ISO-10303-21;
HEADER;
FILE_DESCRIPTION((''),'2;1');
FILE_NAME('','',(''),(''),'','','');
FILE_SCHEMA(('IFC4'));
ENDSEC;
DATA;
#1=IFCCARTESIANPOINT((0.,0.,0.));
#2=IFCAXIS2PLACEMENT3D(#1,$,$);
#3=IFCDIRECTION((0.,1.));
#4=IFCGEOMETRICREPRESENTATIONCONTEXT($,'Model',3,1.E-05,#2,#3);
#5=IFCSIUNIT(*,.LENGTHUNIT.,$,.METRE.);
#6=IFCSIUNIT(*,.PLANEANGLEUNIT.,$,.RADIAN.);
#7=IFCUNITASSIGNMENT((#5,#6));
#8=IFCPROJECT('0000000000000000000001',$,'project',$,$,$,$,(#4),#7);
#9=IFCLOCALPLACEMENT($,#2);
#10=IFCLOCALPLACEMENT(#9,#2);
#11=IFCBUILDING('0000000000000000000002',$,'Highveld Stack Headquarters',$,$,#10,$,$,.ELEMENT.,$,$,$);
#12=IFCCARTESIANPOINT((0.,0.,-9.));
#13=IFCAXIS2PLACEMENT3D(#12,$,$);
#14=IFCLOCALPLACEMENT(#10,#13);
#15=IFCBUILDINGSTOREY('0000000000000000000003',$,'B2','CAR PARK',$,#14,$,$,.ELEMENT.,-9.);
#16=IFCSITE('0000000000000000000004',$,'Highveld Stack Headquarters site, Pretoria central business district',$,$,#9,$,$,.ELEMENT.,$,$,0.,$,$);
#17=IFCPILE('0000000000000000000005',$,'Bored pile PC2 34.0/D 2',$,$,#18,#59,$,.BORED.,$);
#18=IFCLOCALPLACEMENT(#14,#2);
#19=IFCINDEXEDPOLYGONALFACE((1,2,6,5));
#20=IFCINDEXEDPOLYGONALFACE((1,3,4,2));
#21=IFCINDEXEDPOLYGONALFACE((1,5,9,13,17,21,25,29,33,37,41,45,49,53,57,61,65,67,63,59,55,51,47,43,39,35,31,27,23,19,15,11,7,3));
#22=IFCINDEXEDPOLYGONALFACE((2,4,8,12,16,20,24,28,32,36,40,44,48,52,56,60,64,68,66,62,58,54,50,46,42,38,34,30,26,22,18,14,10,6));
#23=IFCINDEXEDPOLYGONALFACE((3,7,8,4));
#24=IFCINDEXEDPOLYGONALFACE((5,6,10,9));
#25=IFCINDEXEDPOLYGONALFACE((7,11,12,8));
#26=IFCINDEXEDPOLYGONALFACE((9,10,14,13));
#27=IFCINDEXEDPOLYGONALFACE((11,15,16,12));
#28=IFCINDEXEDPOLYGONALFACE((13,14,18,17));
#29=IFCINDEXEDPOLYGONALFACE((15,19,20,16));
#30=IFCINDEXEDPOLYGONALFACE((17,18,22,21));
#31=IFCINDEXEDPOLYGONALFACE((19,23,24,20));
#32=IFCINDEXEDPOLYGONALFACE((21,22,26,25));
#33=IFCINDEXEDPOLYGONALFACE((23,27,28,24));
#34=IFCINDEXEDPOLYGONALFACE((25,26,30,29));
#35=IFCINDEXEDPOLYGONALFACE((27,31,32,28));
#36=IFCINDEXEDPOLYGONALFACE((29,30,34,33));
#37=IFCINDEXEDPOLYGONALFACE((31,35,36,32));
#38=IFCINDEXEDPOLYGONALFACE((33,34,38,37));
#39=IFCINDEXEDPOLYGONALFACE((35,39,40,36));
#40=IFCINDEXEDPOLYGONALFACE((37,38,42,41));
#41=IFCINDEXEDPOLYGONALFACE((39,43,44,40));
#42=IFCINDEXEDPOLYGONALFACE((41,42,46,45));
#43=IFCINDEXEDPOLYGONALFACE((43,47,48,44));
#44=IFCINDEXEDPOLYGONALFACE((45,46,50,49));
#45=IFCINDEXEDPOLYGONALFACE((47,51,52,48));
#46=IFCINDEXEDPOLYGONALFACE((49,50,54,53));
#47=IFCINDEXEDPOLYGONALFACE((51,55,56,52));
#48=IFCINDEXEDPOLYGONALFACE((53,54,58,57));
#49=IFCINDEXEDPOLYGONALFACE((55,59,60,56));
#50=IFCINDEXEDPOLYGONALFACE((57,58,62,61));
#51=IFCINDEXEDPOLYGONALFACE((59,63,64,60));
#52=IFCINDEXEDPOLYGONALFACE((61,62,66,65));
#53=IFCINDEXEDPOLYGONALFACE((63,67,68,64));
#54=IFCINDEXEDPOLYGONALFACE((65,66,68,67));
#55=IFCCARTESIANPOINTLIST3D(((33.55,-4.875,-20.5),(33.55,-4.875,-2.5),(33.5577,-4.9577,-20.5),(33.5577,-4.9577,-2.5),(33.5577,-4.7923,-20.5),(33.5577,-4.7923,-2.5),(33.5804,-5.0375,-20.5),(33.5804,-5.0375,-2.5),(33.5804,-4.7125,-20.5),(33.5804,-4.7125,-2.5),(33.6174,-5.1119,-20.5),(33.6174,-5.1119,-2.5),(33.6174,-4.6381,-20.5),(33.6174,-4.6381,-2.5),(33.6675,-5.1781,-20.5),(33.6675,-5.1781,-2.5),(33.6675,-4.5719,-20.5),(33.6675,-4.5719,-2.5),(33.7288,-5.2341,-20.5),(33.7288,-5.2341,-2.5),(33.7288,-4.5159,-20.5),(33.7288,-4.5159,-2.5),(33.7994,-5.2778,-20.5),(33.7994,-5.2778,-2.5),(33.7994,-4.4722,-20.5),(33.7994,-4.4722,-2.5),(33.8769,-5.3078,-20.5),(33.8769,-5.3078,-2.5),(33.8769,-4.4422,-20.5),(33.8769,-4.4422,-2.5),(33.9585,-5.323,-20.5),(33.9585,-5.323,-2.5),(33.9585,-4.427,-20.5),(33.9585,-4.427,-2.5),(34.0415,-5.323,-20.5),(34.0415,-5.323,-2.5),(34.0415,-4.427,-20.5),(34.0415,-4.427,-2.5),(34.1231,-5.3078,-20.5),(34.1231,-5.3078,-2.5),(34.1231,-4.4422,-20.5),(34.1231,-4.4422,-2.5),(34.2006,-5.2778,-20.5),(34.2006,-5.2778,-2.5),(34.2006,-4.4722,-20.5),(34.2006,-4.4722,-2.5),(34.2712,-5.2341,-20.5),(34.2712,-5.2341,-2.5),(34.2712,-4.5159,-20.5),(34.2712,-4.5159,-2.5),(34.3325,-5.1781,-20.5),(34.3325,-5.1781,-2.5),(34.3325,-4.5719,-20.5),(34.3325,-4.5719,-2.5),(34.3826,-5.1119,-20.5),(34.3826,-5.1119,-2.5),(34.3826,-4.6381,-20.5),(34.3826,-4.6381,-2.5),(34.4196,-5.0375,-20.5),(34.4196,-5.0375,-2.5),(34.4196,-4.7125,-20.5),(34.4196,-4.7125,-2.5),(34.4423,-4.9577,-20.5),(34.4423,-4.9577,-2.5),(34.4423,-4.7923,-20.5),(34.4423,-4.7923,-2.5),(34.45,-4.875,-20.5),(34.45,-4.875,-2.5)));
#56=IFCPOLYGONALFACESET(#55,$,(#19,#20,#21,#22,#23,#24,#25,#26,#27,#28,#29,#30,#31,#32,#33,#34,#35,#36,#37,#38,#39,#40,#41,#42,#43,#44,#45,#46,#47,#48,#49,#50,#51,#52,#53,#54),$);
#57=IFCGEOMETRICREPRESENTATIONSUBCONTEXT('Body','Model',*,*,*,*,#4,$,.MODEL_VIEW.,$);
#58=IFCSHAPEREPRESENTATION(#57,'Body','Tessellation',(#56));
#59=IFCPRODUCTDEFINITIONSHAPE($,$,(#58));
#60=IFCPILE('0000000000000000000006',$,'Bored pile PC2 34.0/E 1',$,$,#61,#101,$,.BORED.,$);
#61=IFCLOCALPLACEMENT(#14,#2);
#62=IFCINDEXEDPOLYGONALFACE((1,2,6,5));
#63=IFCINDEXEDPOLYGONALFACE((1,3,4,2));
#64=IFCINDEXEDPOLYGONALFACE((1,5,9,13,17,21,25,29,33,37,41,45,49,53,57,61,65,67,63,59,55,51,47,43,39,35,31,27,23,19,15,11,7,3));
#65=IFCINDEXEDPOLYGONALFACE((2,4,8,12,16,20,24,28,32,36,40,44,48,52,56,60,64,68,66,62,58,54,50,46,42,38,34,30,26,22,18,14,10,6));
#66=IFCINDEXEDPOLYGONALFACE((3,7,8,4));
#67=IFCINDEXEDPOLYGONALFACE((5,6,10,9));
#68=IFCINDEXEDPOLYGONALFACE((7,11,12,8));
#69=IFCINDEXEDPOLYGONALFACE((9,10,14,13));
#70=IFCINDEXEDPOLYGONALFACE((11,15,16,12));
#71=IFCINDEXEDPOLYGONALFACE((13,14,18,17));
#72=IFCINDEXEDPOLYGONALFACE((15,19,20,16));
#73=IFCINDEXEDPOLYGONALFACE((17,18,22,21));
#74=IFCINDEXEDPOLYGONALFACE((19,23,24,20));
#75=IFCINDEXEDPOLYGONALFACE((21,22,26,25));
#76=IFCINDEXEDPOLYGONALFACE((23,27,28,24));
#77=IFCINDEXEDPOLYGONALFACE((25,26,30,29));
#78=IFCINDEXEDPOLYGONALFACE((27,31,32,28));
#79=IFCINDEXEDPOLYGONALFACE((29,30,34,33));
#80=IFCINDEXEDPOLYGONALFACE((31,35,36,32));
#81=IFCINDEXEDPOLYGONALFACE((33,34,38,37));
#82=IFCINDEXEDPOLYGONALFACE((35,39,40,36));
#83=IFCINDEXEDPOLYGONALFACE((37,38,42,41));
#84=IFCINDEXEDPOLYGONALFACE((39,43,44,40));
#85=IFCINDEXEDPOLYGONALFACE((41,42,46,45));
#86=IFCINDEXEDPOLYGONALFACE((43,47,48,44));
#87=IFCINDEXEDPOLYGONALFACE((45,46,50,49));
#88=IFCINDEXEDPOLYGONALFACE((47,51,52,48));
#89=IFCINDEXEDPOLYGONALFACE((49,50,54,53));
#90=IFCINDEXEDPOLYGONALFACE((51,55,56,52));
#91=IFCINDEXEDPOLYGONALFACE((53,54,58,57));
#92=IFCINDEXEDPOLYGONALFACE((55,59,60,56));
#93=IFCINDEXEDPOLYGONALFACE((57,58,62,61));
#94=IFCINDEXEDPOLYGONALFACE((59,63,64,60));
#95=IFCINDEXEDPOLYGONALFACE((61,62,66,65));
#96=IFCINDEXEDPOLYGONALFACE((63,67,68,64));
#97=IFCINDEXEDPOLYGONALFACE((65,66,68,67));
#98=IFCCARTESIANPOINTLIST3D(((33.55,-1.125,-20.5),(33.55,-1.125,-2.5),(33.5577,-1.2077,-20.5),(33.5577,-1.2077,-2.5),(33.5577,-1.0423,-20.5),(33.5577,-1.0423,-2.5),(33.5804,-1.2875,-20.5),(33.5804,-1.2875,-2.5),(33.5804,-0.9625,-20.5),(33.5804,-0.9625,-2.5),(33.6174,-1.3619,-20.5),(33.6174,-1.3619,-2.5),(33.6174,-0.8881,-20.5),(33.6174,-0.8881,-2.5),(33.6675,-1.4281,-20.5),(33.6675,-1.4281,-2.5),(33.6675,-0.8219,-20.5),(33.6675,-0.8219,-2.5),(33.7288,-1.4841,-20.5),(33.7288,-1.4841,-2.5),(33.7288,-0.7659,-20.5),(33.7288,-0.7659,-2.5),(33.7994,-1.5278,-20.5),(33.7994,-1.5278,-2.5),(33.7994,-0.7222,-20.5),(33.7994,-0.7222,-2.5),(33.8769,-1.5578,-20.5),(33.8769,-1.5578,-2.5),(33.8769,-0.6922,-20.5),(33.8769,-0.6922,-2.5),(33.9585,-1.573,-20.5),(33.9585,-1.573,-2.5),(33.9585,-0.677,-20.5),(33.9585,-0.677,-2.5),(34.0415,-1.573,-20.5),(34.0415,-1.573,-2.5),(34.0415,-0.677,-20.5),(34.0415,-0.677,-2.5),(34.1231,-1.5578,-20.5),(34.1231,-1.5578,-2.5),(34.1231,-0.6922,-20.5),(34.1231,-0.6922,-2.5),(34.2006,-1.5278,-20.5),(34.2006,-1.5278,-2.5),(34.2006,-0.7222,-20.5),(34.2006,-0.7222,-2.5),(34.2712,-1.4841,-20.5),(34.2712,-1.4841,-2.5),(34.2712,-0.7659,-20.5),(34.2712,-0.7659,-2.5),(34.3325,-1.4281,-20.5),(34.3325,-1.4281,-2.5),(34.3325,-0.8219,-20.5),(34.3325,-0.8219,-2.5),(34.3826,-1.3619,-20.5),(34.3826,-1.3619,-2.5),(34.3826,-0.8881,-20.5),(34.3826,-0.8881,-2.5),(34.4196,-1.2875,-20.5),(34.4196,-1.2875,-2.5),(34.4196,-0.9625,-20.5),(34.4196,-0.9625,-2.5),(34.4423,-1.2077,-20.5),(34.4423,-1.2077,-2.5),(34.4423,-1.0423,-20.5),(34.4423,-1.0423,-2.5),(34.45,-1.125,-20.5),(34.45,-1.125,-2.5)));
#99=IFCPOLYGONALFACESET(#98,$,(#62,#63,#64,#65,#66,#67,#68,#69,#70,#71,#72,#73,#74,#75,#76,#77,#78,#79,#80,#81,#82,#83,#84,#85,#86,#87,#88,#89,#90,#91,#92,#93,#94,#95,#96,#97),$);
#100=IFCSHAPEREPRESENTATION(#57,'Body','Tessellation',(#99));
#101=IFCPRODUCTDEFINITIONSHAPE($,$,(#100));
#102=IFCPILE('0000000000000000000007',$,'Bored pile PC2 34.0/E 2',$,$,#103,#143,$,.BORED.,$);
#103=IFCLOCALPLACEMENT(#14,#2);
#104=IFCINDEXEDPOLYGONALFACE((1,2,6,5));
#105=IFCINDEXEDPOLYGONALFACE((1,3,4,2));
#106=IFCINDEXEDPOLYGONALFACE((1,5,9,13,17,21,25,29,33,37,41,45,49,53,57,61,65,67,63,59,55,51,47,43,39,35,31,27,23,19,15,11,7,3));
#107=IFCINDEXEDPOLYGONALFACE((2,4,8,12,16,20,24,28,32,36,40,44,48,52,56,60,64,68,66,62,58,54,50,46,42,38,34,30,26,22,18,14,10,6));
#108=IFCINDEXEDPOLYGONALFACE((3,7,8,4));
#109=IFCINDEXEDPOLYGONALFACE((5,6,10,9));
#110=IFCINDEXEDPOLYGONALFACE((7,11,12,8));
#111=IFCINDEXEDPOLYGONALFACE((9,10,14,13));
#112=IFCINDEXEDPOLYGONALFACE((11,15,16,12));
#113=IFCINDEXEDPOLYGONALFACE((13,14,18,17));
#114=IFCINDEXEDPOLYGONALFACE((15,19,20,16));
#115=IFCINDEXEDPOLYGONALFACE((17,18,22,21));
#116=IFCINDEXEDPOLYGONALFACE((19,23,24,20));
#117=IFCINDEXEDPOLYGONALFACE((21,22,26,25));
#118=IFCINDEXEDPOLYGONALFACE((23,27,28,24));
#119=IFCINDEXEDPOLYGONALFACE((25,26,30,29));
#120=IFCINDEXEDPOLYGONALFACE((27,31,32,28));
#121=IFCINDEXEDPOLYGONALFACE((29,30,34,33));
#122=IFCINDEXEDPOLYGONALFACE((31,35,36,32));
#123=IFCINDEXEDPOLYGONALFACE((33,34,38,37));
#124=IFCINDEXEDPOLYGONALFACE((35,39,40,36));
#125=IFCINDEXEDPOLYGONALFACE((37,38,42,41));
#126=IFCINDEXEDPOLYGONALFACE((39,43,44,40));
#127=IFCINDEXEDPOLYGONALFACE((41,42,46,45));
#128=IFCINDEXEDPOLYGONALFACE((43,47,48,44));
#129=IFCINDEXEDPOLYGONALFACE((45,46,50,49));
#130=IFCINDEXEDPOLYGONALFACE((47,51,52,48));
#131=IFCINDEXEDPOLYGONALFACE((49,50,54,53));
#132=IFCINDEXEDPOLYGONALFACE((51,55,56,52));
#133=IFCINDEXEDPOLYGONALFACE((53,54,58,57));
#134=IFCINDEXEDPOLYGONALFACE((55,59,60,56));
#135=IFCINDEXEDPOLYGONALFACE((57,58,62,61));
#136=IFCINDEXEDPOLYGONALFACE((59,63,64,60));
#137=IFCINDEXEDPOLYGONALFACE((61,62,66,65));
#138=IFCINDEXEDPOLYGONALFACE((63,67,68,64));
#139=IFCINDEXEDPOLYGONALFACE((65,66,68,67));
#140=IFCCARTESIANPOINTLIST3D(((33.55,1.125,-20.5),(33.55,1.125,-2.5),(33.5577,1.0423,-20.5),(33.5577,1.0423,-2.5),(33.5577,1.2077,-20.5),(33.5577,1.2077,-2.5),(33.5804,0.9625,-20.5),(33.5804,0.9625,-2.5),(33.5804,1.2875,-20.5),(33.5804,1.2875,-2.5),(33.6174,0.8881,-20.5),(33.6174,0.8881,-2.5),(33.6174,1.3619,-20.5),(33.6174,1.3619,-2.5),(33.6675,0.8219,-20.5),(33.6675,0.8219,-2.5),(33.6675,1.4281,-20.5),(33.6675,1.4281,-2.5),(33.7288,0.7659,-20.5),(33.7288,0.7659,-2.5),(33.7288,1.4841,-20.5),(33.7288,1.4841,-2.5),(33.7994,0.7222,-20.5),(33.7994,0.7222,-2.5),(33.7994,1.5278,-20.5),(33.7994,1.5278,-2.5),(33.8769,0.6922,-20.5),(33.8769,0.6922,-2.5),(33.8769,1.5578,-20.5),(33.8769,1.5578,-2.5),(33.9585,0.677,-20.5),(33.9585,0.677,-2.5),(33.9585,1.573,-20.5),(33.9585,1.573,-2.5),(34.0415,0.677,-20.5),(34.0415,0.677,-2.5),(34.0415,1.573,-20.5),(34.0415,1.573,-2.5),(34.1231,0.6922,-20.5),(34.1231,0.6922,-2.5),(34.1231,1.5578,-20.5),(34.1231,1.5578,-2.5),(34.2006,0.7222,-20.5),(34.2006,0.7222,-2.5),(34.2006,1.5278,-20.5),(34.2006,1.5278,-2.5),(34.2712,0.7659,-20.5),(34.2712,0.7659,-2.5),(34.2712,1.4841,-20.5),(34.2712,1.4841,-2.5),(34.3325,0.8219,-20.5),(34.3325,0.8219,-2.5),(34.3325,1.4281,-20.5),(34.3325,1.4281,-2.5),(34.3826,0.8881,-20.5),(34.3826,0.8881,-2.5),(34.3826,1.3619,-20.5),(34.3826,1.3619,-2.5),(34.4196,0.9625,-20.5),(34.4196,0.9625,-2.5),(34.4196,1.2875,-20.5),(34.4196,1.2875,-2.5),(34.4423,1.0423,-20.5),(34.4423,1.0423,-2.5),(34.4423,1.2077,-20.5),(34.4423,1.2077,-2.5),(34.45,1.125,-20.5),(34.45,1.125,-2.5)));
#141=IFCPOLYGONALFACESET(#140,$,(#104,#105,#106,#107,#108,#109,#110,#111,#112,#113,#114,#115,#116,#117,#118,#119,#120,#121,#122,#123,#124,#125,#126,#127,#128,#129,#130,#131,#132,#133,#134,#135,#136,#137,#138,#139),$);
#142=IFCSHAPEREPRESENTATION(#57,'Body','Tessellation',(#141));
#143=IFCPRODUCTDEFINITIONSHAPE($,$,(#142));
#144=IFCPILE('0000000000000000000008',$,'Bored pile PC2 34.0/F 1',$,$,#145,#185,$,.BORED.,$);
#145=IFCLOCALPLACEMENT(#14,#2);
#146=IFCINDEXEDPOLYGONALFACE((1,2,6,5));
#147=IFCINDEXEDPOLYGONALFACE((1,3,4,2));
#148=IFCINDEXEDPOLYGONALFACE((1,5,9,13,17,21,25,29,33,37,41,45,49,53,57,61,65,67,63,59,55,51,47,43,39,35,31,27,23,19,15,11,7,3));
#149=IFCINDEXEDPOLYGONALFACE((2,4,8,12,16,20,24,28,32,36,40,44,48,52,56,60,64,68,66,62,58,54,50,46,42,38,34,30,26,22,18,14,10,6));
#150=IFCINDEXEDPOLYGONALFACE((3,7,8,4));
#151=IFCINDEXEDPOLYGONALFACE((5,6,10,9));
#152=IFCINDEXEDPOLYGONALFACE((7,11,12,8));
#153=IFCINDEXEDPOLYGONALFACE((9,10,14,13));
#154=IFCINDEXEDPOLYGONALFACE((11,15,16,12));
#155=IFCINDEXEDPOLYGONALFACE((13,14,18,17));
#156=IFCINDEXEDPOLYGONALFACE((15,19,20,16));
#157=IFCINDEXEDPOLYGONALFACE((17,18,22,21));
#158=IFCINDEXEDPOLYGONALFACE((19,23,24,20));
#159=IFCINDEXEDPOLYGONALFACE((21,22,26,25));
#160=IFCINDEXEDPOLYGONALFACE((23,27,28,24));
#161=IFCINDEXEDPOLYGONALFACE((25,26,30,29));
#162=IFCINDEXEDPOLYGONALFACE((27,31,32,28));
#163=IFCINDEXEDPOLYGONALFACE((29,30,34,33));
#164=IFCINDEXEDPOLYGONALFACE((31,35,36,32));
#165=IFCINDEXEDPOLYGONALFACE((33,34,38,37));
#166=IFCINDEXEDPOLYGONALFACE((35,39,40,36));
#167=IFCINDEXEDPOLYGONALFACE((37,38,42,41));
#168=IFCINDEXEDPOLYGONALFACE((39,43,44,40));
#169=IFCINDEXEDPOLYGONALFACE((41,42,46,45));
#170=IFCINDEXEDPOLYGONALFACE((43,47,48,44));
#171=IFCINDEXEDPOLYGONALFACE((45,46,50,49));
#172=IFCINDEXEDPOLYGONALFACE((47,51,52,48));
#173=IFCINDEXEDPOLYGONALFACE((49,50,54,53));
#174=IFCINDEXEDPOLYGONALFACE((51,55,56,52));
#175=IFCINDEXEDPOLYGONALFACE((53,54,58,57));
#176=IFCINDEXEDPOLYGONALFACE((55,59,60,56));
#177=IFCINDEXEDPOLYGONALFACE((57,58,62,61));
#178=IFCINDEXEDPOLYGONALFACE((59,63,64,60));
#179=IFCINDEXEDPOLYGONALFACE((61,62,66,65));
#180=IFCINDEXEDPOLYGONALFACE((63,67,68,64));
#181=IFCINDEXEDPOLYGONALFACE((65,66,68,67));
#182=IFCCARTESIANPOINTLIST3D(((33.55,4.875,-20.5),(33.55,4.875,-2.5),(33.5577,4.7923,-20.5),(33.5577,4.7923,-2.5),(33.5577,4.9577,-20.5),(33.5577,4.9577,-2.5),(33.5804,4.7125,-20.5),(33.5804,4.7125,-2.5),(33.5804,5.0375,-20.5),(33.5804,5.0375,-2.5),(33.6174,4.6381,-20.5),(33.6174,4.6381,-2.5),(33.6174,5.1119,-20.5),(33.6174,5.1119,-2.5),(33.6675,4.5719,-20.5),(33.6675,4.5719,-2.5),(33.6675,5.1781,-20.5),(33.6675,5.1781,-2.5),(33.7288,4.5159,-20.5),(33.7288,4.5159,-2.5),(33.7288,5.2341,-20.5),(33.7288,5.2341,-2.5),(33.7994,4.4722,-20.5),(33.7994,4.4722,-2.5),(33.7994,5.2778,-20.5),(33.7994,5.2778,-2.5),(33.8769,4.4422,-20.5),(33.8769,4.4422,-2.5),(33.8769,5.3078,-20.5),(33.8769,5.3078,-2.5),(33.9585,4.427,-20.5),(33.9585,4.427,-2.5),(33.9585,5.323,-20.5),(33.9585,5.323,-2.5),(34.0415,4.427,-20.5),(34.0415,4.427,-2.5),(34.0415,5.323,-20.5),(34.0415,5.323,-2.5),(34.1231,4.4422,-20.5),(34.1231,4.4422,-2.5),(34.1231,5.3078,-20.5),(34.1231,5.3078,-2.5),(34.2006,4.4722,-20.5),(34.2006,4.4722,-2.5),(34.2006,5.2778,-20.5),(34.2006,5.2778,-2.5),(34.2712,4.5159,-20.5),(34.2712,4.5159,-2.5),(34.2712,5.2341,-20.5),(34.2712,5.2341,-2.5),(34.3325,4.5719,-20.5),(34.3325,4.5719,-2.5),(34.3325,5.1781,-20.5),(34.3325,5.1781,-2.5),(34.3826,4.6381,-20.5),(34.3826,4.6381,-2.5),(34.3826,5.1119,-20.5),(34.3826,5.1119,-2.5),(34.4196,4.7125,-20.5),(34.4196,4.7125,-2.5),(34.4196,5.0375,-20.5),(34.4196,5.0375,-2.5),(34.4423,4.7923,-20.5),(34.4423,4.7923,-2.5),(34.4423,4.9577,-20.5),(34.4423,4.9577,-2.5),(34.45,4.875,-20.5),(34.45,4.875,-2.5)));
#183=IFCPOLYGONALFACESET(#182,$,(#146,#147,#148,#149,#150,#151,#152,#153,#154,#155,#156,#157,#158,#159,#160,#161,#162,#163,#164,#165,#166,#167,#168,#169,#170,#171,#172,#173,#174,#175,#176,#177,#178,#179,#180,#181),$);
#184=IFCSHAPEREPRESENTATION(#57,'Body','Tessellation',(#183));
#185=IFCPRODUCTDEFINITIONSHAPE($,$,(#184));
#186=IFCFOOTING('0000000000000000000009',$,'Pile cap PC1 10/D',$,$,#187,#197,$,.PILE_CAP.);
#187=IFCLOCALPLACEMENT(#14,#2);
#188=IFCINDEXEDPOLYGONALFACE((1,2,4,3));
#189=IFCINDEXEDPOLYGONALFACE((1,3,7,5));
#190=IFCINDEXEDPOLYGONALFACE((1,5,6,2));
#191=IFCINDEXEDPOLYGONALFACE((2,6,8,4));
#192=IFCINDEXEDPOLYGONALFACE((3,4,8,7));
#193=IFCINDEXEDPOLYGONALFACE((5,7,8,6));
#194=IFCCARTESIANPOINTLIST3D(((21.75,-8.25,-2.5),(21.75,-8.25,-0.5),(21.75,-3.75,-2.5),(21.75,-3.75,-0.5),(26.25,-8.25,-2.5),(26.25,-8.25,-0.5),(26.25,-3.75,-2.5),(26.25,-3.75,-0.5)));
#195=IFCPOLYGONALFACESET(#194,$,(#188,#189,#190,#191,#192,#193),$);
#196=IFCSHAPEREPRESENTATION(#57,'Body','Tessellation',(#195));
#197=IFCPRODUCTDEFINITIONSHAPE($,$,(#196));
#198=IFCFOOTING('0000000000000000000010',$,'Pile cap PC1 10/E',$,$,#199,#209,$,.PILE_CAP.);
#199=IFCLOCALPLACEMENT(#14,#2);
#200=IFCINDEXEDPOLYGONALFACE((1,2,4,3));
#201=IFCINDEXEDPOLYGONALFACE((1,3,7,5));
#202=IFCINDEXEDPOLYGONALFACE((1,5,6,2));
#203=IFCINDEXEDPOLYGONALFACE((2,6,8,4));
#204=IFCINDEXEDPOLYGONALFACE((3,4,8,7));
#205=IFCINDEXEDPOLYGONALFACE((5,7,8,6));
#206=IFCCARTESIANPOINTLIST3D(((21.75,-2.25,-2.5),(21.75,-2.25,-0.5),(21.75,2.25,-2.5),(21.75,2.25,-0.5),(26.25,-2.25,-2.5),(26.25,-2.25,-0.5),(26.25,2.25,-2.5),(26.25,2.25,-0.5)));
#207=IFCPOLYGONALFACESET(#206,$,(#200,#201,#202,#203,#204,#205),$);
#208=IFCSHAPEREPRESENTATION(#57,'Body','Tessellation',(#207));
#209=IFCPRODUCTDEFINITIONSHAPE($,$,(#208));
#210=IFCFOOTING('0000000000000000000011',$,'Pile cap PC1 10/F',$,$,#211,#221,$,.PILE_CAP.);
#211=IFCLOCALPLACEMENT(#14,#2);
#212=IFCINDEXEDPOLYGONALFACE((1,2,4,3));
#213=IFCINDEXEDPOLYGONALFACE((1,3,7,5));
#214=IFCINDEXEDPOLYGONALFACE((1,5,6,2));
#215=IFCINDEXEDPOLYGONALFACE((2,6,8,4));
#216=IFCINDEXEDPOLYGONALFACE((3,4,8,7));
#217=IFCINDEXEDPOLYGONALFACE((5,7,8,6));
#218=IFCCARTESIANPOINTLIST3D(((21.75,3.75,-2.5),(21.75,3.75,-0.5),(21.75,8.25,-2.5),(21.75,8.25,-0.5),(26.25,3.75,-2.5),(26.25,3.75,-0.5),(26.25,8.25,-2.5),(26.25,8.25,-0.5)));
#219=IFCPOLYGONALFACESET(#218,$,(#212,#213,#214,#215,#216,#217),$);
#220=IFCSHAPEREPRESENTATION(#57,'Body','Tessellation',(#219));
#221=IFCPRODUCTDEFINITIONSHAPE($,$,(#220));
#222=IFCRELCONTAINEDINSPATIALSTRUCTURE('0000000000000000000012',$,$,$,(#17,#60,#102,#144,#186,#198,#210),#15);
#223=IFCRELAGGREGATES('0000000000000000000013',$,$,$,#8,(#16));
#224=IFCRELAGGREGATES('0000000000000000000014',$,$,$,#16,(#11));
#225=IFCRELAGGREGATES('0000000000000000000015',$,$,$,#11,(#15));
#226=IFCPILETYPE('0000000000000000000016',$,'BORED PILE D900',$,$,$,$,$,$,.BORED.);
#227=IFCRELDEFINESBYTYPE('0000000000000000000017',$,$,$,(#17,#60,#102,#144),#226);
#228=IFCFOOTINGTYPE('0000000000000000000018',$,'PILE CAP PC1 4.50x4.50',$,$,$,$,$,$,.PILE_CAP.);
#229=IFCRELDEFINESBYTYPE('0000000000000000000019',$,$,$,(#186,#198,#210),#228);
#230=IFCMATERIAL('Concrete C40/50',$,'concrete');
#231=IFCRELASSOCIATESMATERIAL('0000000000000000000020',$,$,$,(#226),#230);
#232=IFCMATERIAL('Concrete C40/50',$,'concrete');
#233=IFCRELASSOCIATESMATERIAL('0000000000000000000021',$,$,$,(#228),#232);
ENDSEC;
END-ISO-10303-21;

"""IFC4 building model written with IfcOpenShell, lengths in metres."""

from ifc_helpers import new_model, si_unit, direction, frame, origin, origin_2d, place, context, subcontext, project, spatial, rectangle, circle, extrude, material, type_object, element, save


model = new_model("IFC4")

# Units and contexts
model_context = context("Model", 3, precision=1e-05, world=origin(), true_north=direction((0.0, 1.0)))
body_context = subcontext(model_context, "Body", "Model", "MODEL_VIEW")
ifc_project = project(units=[si_unit("LENGTHUNIT", "METRE"), si_unit("PLANEANGLEUNIT", "RADIAN")], contexts=[model_context])

# Site, building, storey
site_placement = place(None, origin())
site = spatial("IfcSite", under=ifc_project, at=site_placement, Name="Highveld Stack Headquarters site, Pretoria central business district", CompositionType="ELEMENT", RefElevation=0.0)
building_placement = place(site_placement, origin())
building = spatial("IfcBuilding", under=site, at=building_placement, Name="Highveld Stack Headquarters", CompositionType="ELEMENT")
storey_placement = place(building_placement, frame((0.0, 0.0, -9.0)))
storey = spatial("IfcBuildingStorey", under=building, at=storey_placement, Name="B2", Description="CAR PARK", CompositionType="ELEMENT", Elevation=-9.0)

# Piles
ifc_material_1 = material(Name="Concrete C40/50", Category="concrete")
pile_type_1 = type_object("IfcPileType", Name="BORED PILE D900", PredefinedType="BORED", material=ifc_material_1)
for number, where, z_axis, x_axis, name in (
    (1, (34.0, -4.875, -2.5), (0.0, 0.0, -1.0), (1.0, 0.0, 0.0), "Bored pile PC2 34.0/D 2"),
    (2, (34.0, -1.125, -2.5), (0.0, 0.0, -1.0), (1.0, 0.0, 0.0), "Bored pile PC2 34.0/E 1"),
    (3, (34.0, 1.125, -2.5), (0.0, 0.0, -1.0), (1.0, 0.0, 0.0), "Bored pile PC2 34.0/E 2"),
    (4, (34.0, 4.875, -2.5), (0.0, 0.0, -1.0), (1.0, 0.0, 0.0), "Bored pile PC2 34.0/F 1"),
):
    element("IfcPile", number, at=place(storey_placement, frame(where, z_axis=z_axis, x_axis=x_axis)), inside=storey, type_object=pile_type_1, Name=name, PredefinedType="BORED", context=body_context, shape_type="SweptSolid", body=[
        extrude(circle(Radius=0.45, at=origin_2d()), origin(), (0.0, 0.0, 1.0), 18.0),
    ])

# Footings
ifc_material_2 = material(Name="Concrete C40/50", Category="concrete")
footing_type_1 = type_object("IfcFootingType", Name="PILE CAP PC1 4.50x4.50", PredefinedType="PILE_CAP", material=ifc_material_2)
for number, where, z_axis, x_axis, name in (
    (5, (24.0, -6.0, -2.5), (0.0, 0.0, 1.0), (1.0, 0.0, 0.0), "Pile cap PC1 10/D"),
    (6, (24.0, 0.0, -2.5), (0.0, 0.0, 1.0), (1.0, 0.0, 0.0), "Pile cap PC1 10/E"),
    (7, (24.0, 6.0, -2.5), (0.0, 0.0, 1.0), (1.0, 0.0, 0.0), "Pile cap PC1 10/F"),
):
    element("IfcFooting", number, at=place(storey_placement, frame(where, z_axis=z_axis, x_axis=x_axis)), inside=storey, type_object=footing_type_1, Name=name, PredefinedType="PILE_CAP", context=body_context, shape_type="SweptSolid", body=[
        extrude(rectangle(XDim=4.5, YDim=4.5, at=origin_2d()), origin(), (0.0, 0.0, 1.0), 2.0),
    ])

save(model, "model.ifc")
